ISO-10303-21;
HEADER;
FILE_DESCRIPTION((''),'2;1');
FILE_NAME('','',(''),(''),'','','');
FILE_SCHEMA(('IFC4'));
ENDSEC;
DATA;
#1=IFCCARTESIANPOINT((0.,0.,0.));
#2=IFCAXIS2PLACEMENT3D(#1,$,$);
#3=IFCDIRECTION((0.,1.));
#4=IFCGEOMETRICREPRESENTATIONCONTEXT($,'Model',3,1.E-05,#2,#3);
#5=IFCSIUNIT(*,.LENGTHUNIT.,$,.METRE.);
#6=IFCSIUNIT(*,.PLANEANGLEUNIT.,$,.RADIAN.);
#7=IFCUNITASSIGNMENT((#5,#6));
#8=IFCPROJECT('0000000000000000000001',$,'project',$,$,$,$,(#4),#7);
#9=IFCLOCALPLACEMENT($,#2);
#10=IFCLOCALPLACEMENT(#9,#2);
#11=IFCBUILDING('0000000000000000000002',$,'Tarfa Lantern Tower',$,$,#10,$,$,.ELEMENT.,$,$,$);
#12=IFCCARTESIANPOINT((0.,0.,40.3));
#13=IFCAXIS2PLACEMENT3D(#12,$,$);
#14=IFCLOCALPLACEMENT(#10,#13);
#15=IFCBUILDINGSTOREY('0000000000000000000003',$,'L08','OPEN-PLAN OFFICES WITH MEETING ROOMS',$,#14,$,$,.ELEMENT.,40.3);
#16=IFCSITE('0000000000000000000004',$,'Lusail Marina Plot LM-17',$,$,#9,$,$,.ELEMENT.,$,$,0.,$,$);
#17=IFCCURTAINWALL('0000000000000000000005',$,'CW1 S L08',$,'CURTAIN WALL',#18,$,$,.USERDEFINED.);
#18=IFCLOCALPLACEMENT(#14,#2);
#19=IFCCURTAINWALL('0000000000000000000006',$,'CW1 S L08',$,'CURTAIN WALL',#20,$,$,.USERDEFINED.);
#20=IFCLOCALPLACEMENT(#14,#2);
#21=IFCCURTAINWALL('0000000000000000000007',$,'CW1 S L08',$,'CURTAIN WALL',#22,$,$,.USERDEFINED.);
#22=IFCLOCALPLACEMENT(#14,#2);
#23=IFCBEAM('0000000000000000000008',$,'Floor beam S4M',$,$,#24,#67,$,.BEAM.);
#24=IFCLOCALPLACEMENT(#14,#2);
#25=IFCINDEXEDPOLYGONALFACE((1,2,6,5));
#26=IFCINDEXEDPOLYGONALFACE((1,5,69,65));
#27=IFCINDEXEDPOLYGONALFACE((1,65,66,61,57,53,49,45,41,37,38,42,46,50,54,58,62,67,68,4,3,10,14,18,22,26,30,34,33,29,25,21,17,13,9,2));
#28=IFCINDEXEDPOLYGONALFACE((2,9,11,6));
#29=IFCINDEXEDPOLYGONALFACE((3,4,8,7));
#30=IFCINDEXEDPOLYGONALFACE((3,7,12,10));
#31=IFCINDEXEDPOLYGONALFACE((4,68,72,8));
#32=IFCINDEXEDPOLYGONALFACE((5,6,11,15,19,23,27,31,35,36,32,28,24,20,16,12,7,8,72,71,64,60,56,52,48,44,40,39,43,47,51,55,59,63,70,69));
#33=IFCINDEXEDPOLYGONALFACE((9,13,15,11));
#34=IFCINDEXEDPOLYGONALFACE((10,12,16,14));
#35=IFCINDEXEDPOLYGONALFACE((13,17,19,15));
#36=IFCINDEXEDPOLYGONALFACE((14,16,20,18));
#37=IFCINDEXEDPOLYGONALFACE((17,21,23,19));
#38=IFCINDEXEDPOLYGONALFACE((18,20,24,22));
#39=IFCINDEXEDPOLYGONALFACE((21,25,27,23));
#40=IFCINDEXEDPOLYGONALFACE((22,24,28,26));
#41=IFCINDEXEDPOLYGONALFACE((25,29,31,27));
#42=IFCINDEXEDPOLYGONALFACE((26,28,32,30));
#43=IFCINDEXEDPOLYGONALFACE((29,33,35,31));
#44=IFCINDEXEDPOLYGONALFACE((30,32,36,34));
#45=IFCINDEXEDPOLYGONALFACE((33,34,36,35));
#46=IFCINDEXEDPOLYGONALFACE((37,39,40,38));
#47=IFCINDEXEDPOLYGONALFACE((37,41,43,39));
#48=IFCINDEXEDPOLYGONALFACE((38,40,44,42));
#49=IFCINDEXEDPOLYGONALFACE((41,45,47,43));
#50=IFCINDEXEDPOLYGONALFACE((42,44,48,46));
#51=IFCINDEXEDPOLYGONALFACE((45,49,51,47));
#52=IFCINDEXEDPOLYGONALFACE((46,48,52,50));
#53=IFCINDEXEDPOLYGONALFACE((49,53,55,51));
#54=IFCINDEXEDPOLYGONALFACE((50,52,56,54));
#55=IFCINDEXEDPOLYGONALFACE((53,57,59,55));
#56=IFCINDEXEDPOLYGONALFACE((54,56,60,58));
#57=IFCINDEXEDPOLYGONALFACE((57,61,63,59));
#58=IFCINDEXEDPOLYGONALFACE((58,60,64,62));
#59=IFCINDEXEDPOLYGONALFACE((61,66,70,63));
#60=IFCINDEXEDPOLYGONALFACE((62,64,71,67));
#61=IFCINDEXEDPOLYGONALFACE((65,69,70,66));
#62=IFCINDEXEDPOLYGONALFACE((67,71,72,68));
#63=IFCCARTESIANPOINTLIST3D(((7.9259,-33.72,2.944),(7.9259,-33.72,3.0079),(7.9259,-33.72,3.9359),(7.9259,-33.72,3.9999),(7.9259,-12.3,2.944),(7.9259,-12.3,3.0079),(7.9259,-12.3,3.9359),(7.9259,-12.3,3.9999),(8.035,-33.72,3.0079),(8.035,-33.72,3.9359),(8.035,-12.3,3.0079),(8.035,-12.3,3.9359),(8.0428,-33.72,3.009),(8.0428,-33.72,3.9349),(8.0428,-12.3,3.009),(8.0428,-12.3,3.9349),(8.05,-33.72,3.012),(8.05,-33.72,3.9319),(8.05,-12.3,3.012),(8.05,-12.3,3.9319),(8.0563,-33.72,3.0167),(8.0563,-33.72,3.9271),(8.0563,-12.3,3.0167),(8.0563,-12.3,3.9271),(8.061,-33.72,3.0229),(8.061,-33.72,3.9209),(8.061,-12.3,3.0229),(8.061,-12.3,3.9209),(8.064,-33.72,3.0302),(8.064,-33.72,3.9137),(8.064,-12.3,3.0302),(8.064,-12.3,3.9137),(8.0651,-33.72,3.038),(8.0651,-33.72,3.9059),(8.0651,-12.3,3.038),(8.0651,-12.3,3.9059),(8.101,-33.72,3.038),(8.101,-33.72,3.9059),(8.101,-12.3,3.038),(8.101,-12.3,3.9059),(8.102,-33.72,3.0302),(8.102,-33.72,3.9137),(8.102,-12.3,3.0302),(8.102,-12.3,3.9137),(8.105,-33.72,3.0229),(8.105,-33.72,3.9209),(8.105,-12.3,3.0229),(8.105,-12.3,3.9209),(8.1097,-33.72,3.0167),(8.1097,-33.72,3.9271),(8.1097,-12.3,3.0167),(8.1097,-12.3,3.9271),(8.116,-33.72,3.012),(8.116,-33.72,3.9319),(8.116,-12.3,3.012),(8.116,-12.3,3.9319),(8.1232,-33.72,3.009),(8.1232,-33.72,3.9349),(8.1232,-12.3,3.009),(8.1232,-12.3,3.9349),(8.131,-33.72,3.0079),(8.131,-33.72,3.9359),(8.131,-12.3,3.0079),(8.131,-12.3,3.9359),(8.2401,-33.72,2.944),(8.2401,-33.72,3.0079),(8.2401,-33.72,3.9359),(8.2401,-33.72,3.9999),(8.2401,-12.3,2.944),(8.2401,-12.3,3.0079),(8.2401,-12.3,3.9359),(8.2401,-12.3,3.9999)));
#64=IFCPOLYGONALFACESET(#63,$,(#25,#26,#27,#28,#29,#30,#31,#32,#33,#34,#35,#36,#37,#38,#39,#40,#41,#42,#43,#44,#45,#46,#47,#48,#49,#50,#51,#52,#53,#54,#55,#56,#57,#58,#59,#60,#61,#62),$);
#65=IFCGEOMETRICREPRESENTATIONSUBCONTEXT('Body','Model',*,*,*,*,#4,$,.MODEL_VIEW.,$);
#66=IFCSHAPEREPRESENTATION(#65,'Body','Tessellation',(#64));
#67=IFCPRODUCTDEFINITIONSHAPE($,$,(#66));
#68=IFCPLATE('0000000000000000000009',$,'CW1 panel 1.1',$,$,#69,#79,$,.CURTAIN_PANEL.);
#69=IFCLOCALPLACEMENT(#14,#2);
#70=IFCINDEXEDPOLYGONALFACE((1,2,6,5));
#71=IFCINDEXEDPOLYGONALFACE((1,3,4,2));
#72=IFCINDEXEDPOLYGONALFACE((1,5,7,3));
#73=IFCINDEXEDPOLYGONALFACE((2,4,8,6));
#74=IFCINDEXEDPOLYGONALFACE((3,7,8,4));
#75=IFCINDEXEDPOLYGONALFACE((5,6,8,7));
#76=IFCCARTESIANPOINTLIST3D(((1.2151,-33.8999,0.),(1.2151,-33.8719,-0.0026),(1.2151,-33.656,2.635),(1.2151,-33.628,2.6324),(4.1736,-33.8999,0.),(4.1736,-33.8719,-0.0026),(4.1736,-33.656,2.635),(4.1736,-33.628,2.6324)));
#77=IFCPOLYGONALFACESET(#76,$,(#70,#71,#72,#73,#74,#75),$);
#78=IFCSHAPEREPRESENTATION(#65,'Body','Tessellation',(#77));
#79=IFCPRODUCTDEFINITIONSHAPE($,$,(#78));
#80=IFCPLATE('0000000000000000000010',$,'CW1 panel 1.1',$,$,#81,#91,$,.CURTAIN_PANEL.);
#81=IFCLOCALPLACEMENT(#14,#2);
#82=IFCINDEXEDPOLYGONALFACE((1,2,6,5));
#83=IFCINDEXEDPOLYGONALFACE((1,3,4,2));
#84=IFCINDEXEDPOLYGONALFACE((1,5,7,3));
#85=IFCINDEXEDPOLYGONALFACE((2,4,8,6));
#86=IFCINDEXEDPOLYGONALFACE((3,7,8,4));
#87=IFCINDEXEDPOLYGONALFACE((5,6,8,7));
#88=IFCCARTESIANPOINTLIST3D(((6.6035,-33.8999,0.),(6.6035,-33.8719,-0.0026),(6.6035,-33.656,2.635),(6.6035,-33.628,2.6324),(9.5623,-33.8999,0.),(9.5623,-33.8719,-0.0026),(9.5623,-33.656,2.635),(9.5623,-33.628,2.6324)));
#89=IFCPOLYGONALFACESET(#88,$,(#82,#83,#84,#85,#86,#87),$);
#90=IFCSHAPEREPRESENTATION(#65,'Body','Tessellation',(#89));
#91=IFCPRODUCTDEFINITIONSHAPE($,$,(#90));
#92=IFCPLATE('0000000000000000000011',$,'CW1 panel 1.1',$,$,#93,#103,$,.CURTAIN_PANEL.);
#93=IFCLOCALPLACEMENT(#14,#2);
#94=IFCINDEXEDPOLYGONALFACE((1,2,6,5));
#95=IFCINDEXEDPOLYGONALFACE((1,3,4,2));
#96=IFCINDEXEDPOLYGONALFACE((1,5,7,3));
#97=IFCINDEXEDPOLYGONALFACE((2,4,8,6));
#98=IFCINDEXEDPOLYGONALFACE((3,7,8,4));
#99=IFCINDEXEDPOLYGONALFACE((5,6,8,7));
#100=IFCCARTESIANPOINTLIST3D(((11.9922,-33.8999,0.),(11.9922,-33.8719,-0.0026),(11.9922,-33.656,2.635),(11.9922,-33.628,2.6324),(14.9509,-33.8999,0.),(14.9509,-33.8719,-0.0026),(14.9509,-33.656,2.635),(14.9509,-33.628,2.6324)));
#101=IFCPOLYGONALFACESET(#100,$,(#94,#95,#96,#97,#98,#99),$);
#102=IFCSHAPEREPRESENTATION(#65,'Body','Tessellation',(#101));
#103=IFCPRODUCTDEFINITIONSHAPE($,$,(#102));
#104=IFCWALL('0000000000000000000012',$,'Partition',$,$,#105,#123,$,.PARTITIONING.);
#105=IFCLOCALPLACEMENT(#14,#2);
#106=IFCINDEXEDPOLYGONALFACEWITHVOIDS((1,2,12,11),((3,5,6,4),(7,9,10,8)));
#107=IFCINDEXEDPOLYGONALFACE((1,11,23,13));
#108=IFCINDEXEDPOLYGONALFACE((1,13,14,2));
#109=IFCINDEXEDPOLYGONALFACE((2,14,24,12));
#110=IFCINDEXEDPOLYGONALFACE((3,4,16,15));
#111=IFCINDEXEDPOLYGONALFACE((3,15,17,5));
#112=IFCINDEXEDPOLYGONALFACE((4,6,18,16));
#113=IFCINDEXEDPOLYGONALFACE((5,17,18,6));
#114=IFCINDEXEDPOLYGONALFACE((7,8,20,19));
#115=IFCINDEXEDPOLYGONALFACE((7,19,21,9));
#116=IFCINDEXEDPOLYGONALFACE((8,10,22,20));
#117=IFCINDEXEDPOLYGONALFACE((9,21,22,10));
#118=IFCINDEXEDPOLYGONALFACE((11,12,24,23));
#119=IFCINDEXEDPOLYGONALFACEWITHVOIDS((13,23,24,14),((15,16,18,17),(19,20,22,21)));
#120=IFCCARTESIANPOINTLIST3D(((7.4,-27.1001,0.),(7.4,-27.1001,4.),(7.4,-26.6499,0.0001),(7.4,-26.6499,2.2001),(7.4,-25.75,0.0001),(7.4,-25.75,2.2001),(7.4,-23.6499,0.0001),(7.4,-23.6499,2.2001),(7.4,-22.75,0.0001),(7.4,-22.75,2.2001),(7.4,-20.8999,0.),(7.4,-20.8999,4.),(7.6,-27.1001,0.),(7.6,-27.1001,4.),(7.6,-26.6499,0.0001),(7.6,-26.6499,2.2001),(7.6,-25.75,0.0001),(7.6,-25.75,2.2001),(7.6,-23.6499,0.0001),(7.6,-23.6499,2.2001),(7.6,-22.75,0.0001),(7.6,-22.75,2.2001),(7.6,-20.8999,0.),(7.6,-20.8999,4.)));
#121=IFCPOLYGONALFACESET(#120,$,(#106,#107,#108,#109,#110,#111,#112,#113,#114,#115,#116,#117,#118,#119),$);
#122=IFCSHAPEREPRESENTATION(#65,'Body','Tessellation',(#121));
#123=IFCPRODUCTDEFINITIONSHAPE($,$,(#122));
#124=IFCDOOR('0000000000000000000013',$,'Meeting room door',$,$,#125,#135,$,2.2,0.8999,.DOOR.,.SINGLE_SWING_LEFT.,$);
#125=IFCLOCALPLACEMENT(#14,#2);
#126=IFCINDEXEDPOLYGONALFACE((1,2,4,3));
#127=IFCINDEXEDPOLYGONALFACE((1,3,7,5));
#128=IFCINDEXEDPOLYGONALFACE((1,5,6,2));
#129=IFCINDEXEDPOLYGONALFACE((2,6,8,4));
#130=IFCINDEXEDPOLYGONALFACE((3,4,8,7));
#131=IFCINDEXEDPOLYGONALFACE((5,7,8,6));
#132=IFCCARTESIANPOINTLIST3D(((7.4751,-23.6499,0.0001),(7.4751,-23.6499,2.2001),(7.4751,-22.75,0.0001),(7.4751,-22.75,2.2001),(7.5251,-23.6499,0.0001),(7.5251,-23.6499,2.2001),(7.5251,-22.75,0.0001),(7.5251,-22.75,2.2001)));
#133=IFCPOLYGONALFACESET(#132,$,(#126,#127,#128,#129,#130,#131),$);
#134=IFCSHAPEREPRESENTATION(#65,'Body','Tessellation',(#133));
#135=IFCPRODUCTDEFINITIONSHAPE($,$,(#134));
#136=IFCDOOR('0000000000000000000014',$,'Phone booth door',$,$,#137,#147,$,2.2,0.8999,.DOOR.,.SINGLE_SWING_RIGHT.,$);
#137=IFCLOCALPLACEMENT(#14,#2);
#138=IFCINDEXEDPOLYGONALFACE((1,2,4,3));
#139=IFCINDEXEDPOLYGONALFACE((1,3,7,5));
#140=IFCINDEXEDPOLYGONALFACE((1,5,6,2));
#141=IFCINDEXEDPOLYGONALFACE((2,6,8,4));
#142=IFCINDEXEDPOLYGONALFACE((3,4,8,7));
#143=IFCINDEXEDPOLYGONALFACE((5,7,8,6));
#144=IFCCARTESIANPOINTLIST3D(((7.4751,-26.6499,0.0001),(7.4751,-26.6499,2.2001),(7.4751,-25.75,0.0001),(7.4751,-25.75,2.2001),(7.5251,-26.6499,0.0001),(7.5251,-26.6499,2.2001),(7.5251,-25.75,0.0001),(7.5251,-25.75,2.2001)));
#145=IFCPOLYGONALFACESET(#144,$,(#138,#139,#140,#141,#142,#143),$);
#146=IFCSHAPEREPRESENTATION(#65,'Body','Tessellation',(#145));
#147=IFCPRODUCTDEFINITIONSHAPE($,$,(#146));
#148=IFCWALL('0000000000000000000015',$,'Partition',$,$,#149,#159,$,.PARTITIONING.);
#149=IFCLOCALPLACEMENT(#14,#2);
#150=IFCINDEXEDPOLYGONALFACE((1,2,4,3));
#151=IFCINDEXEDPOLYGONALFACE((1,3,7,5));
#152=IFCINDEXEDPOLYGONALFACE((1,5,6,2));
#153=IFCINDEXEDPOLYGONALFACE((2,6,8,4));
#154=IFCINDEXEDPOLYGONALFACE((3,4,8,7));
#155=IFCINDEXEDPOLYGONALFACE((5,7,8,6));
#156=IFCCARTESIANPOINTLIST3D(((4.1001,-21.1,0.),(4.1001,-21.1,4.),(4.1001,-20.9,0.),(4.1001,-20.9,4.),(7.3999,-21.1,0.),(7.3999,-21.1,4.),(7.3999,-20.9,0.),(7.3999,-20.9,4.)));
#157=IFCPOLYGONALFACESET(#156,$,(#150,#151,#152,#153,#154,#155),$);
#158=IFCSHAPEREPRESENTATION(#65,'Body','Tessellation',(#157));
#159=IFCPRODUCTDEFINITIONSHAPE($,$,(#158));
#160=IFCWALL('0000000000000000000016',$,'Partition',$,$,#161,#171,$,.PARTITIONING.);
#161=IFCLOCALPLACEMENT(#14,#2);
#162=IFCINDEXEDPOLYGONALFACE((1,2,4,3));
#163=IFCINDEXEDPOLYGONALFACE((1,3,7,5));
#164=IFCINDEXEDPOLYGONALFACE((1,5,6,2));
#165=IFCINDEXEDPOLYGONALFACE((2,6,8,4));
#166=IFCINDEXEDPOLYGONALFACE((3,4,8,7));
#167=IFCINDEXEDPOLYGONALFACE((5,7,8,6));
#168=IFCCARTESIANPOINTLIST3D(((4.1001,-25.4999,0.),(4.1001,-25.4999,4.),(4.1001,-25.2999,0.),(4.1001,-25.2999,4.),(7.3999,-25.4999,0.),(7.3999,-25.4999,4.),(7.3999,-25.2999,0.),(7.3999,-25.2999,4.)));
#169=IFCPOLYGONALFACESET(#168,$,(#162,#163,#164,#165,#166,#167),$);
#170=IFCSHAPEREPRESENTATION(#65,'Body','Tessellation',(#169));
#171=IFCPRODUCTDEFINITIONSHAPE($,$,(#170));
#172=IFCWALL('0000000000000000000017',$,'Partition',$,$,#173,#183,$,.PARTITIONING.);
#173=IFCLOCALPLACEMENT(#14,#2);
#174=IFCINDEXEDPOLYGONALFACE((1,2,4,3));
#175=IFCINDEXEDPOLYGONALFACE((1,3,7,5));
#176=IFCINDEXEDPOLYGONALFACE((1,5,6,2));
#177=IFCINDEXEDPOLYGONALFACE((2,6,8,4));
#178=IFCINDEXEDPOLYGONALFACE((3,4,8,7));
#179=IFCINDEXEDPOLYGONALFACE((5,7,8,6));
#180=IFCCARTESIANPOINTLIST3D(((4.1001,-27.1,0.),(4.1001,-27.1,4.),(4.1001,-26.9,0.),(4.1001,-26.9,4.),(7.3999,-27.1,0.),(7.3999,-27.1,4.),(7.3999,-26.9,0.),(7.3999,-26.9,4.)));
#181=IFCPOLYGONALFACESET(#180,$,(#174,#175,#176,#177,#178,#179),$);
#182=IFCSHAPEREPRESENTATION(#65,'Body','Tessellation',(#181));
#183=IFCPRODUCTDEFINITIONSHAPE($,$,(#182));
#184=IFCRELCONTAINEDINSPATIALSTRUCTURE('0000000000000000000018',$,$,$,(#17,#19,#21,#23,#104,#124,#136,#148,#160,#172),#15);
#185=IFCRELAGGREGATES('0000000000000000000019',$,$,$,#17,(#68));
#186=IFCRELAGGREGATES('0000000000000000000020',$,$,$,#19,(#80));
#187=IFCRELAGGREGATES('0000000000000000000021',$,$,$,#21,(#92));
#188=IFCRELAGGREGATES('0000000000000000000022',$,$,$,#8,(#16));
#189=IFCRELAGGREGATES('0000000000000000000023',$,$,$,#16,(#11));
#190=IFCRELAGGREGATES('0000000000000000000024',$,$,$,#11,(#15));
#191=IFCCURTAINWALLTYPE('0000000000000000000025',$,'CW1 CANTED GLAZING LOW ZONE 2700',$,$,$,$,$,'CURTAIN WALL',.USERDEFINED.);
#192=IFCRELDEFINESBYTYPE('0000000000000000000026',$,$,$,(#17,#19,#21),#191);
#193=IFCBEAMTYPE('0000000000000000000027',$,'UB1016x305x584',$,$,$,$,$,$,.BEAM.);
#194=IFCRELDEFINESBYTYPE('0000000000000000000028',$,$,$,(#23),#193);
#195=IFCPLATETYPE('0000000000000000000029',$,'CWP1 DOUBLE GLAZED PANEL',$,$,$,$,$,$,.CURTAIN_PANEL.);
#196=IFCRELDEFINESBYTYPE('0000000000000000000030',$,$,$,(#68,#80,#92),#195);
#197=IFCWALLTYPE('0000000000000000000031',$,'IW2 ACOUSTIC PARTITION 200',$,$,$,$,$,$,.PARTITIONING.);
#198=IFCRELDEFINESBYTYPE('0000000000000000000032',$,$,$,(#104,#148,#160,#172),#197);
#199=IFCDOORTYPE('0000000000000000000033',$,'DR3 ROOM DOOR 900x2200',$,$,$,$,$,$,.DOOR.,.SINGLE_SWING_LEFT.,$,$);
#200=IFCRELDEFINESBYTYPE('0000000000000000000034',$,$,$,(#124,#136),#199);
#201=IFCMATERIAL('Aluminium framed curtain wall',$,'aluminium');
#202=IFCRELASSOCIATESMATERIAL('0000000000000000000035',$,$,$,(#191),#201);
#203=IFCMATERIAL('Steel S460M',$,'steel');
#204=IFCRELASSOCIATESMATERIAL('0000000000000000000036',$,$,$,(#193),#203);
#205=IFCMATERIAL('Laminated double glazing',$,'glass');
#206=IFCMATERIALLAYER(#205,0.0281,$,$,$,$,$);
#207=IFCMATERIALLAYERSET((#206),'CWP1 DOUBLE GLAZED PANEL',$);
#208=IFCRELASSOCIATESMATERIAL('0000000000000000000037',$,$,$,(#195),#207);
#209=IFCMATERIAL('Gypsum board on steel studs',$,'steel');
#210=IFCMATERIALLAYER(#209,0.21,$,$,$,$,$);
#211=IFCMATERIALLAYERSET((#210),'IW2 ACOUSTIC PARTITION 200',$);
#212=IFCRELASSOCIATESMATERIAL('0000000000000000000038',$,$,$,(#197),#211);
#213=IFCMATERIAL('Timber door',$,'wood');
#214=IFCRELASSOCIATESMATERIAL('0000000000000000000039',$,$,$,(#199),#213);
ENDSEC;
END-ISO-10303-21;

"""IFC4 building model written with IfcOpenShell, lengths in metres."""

from ifc_helpers import new_model, si_unit, direction, frame, frame_2d, origin, origin_2d, place, context, subcontext, project, spatial, polyline, rectangle, i_section, outline, extrude, material, layer, layer_set, material_profile, profile_set, type_object, element, fill, aggregate, save


model = new_model("IFC4")

# Units and contexts
model_context = context("Model", 3, precision=1e-05, world=origin(), true_north=direction((0.0, 1.0)))
body_context = subcontext(model_context, "Body", "Model", "MODEL_VIEW")
ifc_project = project(units=[si_unit("LENGTHUNIT", "METRE"), si_unit("PLANEANGLEUNIT", "RADIAN")], contexts=[model_context])

# Site, building, storey
site_placement = place(None, origin())
site = spatial("IfcSite", under=ifc_project, at=site_placement, Name="Lusail Marina Plot LM-17", CompositionType="ELEMENT", RefElevation=0.0)
building_placement = place(site_placement, origin())
building = spatial("IfcBuilding", under=site, at=building_placement, Name="Tarfa Lantern Tower", CompositionType="ELEMENT")
storey_placement = place(building_placement, frame((0.0, 0.0, 40.3)))
storey = spatial("IfcBuildingStorey", under=building, at=storey_placement, Name="L08", Description="OPEN-PLAN OFFICES WITH MEETING ROOMS", CompositionType="ELEMENT", Elevation=40.3)

# Curtain walls
ifc_material_1 = material(Name="Aluminium framed curtain wall", Category="aluminium")
curtain_wall_type = type_object("IfcCurtainWallType", Name="CW1 CANTED GLAZING LOW ZONE 2700", ElementType="CURTAIN WALL", PredefinedType="USERDEFINED", material=ifc_material_1)
curtain_wall_1_placement = place(storey_placement, origin())
curtain_wall_1 = element("IfcCurtainWall", 1, at=curtain_wall_1_placement, inside=storey, type_object=curtain_wall_type, Name="CW1 S L08", ObjectType="CURTAIN WALL", PredefinedType="USERDEFINED")
curtain_wall_2_placement = place(storey_placement, origin())
curtain_wall_2 = element("IfcCurtainWall", 2, at=curtain_wall_2_placement, inside=storey, type_object=curtain_wall_type, Name="CW1 S L08", ObjectType="CURTAIN WALL", PredefinedType="USERDEFINED")

# Curtain wall
curtain_wall_3_placement = place(storey_placement, origin())
curtain_wall_3 = element("IfcCurtainWall", 3, at=curtain_wall_3_placement, inside=storey, type_object=curtain_wall_type, Name="CW1 S L08", ObjectType="CURTAIN WALL", PredefinedType="USERDEFINED")

# Beam
ifc_material_2 = material(Name="Steel S460M", Category="steel")
ifc_material_profile_1 = material_profile(ifc_material_2, i_section(OverallWidth=0.3142, OverallDepth=1.0559, WebThickness=0.0359, FlangeThickness=0.064, FilletRadius=0.03, at=origin_2d()), Name="UB1016x305x584")
ifc_profile_set_1 = profile_set([ifc_material_profile_1], Name="Steel S460M")
beam_type_1 = type_object("IfcBeamType", Name="UB1016x305x584", PredefinedType="BEAM", material=ifc_profile_set_1)
for number, where, z_axis, x_axis, name in (
    (4, (8.083, -33.72, 3.4719), (0.0, 1.0, 0.0), (-1.0, 0.0, 0.0), "Floor beam S4M"),
):
    element("IfcBeam", number, at=place(storey_placement, frame(where, z_axis=z_axis, x_axis=x_axis)), inside=storey, type_object=beam_type_1, Name=name, PredefinedType="BEAM", context=body_context, shape_type="SweptSolid", body=[
        extrude(i_section(OverallWidth=0.3142, OverallDepth=1.0559, WebThickness=0.0359, FlangeThickness=0.064, FilletRadius=0.03, at=origin_2d()), origin(), (0.0, 0.0, 1.0), 21.4199),
    ])

# Plates
ifc_material_3 = material(Name="Laminated double glazing", Category="glass")
ifc_layer_1 = layer(ifc_material_3, 0.0281)
ifc_layer_set_1 = layer_set([ifc_layer_1], Name="CWP1 DOUBLE GLAZED PANEL")
plate_type = type_object("IfcPlateType", Name="CWP1 DOUBLE GLAZED PANEL", PredefinedType="CURTAIN_PANEL", material=ifc_layer_set_1)
plate_1_placement = place(storey_placement, frame((1.2151, -33.8999, 0.0), z_axis=(0.0, -0.995744, 0.092166), x_axis=(1.0, 0.0, 0.0)))
plate_1 = element("IfcPlate", 5, at=plate_1_placement, type_object=plate_type, Name="CW1 panel 1.1", PredefinedType="CURTAIN_PANEL", context=body_context, shape_type="SweptSolid", body=[
    extrude(outline(polyline([(0.0, 0.0), (2.9585, 0.0), (2.9585, 2.6463), (0.0, 2.6463), (0.0, 0.0)])), origin(), (0.0, 0.0, -1.0), 0.0281),
])
aggregate(curtain_wall_1, [plate_1])
plate_2_placement = place(storey_placement, frame((6.6035, -33.8999, 0.0), z_axis=(0.0, -0.995744, 0.092166), x_axis=(1.0, 0.0, 0.0)))
plate_2 = element("IfcPlate", 6, at=plate_2_placement, type_object=plate_type, Name="CW1 panel 1.1", PredefinedType="CURTAIN_PANEL", context=body_context, shape_type="SweptSolid", body=[
    extrude(outline(polyline([(0.0, 0.0), (2.9587, 0.0), (2.9587, 2.6463), (0.0, 2.6463), (0.0, 0.0)])), origin(), (0.0, 0.0, -1.0), 0.0281),
])
aggregate(curtain_wall_2, [plate_2])
plate_3_placement = place(storey_placement, frame((11.9922, -33.8999, 0.0), z_axis=(0.0, -0.995744, 0.092166), x_axis=(1.0, 0.0, 0.0)))
plate_3 = element("IfcPlate", 7, at=plate_3_placement, type_object=plate_type, Name="CW1 panel 1.1", PredefinedType="CURTAIN_PANEL", context=body_context, shape_type="SweptSolid", body=[
    extrude(outline(polyline([(0.0, 0.0), (2.9587, 0.0), (2.9587, 2.6463), (0.0, 2.6463), (0.0, 0.0)])), origin(), (0.0, 0.0, -1.0), 0.0281),
])
aggregate(curtain_wall_3, [plate_3])

# Wall, openings, doors
ifc_material_4 = material(Name="Gypsum board on steel studs", Category="steel")
ifc_layer_2 = layer(ifc_material_4, 0.21)
ifc_layer_set_2 = layer_set([ifc_layer_2], Name="IW2 ACOUSTIC PARTITION 200")
wall_type = type_object("IfcWallType", Name="IW2 ACOUSTIC PARTITION 200", PredefinedType="PARTITIONING", material=ifc_layer_set_2)
wall_placement = place(storey_placement, frame((7.5, -20.8999, 0.0), z_axis=(0.0, 0.0, 1.0), x_axis=(0.0, -1.0, 0.0)))
wall = element("IfcWall", 8, at=wall_placement, inside=storey, type_object=wall_type, Name="Partition", PredefinedType="PARTITIONING", context=body_context, shape_type="SweptSolid", body=[
    extrude(rectangle(XDim=6.2002, YDim=0.2, at=frame_2d((3.1001, 0.0))), origin(), (0.0, 0.0, 1.0), 4.0),
])
opening_1_placement = place(wall_placement, frame((1.8501, 0.0, 0.0)))
opening_1 = element("IfcOpeningElement", 9, at=opening_1_placement, cuts=wall, PredefinedType="OPENING", context=body_context, shape_type="SweptSolid", body=[
    extrude(rectangle(XDim=0.8999, YDim=2.2, at=frame_2d((0.45, 1.1001))), frame((0.0, 0.1099, 0.0), z_axis=(0.0, -1.0, 0.0), x_axis=(1.0, 0.0, 0.0)), (0.0, 0.0, 1.0), 0.22),
])
opening_2_placement = place(wall_placement, frame((4.8501, 0.0, 0.0)))
opening_2 = element("IfcOpeningElement", 10, at=opening_2_placement, cuts=wall, PredefinedType="OPENING", context=body_context, shape_type="SweptSolid", body=[
    extrude(rectangle(XDim=0.8999, YDim=2.2, at=frame_2d((0.45, 1.1001))), frame((0.0, 0.1099, 0.0), z_axis=(0.0, -1.0, 0.0), x_axis=(1.0, 0.0, 0.0)), (0.0, 0.0, 1.0), 0.22),
])
ifc_material_5 = material(Name="Timber door", Category="wood")
door_type = type_object("IfcDoorType", Name="DR3 ROOM DOOR 900x2200", OperationType="SINGLE_SWING_LEFT", PredefinedType="DOOR", material=ifc_material_5)
door_1_placement = place(opening_1_placement, frame((0.8999, 0.0, 0.0), z_axis=(0.0, 0.0, 1.0), x_axis=(-1.0, 0.0, 0.0)))
door_1 = element("IfcDoor", 11, at=door_1_placement, inside=storey, type_object=door_type, Name="Meeting room door", OperationType="SINGLE_SWING_LEFT", OverallHeight=2.2, OverallWidth=0.8999, PredefinedType="DOOR", context=body_context, shape_type="SweptSolid", body=[
    extrude(rectangle(XDim=0.8999, YDim=2.2, at=frame_2d((0.45, 1.1001))), frame((0.0, 0.0249, 0.0), z_axis=(0.0, -1.0, 0.0), x_axis=(1.0, 0.0, 0.0)), (0.0, 0.0, 1.0), 0.05),
])
fill(opening_1, door_1)
door_2_placement = place(opening_2_placement, frame((0.8999, 0.0, 0.0), z_axis=(0.0, 0.0, 1.0), x_axis=(-1.0, 0.0, 0.0)))
door_2 = element("IfcDoor", 12, at=door_2_placement, inside=storey, type_object=door_type, Name="Phone booth door", OperationType="SINGLE_SWING_RIGHT", OverallHeight=2.2, OverallWidth=0.8999, PredefinedType="DOOR", context=body_context, shape_type="SweptSolid", body=[
    extrude(rectangle(XDim=0.8999, YDim=2.2, at=frame_2d((0.45, 1.1001))), frame((0.0, 0.0249, 0.0), z_axis=(0.0, -1.0, 0.0), x_axis=(1.0, 0.0, 0.0)), (0.0, 0.0, 1.0), 0.05),
])
fill(opening_2, door_2)

# Walls
for number, where, z_axis, x_axis, name in (
    (13, (4.1001, -21.0, 0.0), (0.0, 0.0, 1.0), (1.0, 0.0, 0.0), "Partition"),
    (14, (4.1001, -25.3999, 0.0), (0.0, 0.0, 1.0), (1.0, 0.0, 0.0), "Partition"),
    (15, (4.1001, -27.0, 0.0), (0.0, 0.0, 1.0), (1.0, 0.0, 0.0), "Partition"),
):
    element("IfcWall", number, at=place(storey_placement, frame(where, z_axis=z_axis, x_axis=x_axis)), inside=storey, type_object=wall_type, Name=name, PredefinedType="PARTITIONING", context=body_context, shape_type="SweptSolid", body=[
        extrude(rectangle(XDim=3.2998, YDim=0.2, at=frame_2d((1.6499, 0.0))), origin(), (0.0, 0.0, 1.0), 4.0),
    ])

save(model, "model.ifc")
